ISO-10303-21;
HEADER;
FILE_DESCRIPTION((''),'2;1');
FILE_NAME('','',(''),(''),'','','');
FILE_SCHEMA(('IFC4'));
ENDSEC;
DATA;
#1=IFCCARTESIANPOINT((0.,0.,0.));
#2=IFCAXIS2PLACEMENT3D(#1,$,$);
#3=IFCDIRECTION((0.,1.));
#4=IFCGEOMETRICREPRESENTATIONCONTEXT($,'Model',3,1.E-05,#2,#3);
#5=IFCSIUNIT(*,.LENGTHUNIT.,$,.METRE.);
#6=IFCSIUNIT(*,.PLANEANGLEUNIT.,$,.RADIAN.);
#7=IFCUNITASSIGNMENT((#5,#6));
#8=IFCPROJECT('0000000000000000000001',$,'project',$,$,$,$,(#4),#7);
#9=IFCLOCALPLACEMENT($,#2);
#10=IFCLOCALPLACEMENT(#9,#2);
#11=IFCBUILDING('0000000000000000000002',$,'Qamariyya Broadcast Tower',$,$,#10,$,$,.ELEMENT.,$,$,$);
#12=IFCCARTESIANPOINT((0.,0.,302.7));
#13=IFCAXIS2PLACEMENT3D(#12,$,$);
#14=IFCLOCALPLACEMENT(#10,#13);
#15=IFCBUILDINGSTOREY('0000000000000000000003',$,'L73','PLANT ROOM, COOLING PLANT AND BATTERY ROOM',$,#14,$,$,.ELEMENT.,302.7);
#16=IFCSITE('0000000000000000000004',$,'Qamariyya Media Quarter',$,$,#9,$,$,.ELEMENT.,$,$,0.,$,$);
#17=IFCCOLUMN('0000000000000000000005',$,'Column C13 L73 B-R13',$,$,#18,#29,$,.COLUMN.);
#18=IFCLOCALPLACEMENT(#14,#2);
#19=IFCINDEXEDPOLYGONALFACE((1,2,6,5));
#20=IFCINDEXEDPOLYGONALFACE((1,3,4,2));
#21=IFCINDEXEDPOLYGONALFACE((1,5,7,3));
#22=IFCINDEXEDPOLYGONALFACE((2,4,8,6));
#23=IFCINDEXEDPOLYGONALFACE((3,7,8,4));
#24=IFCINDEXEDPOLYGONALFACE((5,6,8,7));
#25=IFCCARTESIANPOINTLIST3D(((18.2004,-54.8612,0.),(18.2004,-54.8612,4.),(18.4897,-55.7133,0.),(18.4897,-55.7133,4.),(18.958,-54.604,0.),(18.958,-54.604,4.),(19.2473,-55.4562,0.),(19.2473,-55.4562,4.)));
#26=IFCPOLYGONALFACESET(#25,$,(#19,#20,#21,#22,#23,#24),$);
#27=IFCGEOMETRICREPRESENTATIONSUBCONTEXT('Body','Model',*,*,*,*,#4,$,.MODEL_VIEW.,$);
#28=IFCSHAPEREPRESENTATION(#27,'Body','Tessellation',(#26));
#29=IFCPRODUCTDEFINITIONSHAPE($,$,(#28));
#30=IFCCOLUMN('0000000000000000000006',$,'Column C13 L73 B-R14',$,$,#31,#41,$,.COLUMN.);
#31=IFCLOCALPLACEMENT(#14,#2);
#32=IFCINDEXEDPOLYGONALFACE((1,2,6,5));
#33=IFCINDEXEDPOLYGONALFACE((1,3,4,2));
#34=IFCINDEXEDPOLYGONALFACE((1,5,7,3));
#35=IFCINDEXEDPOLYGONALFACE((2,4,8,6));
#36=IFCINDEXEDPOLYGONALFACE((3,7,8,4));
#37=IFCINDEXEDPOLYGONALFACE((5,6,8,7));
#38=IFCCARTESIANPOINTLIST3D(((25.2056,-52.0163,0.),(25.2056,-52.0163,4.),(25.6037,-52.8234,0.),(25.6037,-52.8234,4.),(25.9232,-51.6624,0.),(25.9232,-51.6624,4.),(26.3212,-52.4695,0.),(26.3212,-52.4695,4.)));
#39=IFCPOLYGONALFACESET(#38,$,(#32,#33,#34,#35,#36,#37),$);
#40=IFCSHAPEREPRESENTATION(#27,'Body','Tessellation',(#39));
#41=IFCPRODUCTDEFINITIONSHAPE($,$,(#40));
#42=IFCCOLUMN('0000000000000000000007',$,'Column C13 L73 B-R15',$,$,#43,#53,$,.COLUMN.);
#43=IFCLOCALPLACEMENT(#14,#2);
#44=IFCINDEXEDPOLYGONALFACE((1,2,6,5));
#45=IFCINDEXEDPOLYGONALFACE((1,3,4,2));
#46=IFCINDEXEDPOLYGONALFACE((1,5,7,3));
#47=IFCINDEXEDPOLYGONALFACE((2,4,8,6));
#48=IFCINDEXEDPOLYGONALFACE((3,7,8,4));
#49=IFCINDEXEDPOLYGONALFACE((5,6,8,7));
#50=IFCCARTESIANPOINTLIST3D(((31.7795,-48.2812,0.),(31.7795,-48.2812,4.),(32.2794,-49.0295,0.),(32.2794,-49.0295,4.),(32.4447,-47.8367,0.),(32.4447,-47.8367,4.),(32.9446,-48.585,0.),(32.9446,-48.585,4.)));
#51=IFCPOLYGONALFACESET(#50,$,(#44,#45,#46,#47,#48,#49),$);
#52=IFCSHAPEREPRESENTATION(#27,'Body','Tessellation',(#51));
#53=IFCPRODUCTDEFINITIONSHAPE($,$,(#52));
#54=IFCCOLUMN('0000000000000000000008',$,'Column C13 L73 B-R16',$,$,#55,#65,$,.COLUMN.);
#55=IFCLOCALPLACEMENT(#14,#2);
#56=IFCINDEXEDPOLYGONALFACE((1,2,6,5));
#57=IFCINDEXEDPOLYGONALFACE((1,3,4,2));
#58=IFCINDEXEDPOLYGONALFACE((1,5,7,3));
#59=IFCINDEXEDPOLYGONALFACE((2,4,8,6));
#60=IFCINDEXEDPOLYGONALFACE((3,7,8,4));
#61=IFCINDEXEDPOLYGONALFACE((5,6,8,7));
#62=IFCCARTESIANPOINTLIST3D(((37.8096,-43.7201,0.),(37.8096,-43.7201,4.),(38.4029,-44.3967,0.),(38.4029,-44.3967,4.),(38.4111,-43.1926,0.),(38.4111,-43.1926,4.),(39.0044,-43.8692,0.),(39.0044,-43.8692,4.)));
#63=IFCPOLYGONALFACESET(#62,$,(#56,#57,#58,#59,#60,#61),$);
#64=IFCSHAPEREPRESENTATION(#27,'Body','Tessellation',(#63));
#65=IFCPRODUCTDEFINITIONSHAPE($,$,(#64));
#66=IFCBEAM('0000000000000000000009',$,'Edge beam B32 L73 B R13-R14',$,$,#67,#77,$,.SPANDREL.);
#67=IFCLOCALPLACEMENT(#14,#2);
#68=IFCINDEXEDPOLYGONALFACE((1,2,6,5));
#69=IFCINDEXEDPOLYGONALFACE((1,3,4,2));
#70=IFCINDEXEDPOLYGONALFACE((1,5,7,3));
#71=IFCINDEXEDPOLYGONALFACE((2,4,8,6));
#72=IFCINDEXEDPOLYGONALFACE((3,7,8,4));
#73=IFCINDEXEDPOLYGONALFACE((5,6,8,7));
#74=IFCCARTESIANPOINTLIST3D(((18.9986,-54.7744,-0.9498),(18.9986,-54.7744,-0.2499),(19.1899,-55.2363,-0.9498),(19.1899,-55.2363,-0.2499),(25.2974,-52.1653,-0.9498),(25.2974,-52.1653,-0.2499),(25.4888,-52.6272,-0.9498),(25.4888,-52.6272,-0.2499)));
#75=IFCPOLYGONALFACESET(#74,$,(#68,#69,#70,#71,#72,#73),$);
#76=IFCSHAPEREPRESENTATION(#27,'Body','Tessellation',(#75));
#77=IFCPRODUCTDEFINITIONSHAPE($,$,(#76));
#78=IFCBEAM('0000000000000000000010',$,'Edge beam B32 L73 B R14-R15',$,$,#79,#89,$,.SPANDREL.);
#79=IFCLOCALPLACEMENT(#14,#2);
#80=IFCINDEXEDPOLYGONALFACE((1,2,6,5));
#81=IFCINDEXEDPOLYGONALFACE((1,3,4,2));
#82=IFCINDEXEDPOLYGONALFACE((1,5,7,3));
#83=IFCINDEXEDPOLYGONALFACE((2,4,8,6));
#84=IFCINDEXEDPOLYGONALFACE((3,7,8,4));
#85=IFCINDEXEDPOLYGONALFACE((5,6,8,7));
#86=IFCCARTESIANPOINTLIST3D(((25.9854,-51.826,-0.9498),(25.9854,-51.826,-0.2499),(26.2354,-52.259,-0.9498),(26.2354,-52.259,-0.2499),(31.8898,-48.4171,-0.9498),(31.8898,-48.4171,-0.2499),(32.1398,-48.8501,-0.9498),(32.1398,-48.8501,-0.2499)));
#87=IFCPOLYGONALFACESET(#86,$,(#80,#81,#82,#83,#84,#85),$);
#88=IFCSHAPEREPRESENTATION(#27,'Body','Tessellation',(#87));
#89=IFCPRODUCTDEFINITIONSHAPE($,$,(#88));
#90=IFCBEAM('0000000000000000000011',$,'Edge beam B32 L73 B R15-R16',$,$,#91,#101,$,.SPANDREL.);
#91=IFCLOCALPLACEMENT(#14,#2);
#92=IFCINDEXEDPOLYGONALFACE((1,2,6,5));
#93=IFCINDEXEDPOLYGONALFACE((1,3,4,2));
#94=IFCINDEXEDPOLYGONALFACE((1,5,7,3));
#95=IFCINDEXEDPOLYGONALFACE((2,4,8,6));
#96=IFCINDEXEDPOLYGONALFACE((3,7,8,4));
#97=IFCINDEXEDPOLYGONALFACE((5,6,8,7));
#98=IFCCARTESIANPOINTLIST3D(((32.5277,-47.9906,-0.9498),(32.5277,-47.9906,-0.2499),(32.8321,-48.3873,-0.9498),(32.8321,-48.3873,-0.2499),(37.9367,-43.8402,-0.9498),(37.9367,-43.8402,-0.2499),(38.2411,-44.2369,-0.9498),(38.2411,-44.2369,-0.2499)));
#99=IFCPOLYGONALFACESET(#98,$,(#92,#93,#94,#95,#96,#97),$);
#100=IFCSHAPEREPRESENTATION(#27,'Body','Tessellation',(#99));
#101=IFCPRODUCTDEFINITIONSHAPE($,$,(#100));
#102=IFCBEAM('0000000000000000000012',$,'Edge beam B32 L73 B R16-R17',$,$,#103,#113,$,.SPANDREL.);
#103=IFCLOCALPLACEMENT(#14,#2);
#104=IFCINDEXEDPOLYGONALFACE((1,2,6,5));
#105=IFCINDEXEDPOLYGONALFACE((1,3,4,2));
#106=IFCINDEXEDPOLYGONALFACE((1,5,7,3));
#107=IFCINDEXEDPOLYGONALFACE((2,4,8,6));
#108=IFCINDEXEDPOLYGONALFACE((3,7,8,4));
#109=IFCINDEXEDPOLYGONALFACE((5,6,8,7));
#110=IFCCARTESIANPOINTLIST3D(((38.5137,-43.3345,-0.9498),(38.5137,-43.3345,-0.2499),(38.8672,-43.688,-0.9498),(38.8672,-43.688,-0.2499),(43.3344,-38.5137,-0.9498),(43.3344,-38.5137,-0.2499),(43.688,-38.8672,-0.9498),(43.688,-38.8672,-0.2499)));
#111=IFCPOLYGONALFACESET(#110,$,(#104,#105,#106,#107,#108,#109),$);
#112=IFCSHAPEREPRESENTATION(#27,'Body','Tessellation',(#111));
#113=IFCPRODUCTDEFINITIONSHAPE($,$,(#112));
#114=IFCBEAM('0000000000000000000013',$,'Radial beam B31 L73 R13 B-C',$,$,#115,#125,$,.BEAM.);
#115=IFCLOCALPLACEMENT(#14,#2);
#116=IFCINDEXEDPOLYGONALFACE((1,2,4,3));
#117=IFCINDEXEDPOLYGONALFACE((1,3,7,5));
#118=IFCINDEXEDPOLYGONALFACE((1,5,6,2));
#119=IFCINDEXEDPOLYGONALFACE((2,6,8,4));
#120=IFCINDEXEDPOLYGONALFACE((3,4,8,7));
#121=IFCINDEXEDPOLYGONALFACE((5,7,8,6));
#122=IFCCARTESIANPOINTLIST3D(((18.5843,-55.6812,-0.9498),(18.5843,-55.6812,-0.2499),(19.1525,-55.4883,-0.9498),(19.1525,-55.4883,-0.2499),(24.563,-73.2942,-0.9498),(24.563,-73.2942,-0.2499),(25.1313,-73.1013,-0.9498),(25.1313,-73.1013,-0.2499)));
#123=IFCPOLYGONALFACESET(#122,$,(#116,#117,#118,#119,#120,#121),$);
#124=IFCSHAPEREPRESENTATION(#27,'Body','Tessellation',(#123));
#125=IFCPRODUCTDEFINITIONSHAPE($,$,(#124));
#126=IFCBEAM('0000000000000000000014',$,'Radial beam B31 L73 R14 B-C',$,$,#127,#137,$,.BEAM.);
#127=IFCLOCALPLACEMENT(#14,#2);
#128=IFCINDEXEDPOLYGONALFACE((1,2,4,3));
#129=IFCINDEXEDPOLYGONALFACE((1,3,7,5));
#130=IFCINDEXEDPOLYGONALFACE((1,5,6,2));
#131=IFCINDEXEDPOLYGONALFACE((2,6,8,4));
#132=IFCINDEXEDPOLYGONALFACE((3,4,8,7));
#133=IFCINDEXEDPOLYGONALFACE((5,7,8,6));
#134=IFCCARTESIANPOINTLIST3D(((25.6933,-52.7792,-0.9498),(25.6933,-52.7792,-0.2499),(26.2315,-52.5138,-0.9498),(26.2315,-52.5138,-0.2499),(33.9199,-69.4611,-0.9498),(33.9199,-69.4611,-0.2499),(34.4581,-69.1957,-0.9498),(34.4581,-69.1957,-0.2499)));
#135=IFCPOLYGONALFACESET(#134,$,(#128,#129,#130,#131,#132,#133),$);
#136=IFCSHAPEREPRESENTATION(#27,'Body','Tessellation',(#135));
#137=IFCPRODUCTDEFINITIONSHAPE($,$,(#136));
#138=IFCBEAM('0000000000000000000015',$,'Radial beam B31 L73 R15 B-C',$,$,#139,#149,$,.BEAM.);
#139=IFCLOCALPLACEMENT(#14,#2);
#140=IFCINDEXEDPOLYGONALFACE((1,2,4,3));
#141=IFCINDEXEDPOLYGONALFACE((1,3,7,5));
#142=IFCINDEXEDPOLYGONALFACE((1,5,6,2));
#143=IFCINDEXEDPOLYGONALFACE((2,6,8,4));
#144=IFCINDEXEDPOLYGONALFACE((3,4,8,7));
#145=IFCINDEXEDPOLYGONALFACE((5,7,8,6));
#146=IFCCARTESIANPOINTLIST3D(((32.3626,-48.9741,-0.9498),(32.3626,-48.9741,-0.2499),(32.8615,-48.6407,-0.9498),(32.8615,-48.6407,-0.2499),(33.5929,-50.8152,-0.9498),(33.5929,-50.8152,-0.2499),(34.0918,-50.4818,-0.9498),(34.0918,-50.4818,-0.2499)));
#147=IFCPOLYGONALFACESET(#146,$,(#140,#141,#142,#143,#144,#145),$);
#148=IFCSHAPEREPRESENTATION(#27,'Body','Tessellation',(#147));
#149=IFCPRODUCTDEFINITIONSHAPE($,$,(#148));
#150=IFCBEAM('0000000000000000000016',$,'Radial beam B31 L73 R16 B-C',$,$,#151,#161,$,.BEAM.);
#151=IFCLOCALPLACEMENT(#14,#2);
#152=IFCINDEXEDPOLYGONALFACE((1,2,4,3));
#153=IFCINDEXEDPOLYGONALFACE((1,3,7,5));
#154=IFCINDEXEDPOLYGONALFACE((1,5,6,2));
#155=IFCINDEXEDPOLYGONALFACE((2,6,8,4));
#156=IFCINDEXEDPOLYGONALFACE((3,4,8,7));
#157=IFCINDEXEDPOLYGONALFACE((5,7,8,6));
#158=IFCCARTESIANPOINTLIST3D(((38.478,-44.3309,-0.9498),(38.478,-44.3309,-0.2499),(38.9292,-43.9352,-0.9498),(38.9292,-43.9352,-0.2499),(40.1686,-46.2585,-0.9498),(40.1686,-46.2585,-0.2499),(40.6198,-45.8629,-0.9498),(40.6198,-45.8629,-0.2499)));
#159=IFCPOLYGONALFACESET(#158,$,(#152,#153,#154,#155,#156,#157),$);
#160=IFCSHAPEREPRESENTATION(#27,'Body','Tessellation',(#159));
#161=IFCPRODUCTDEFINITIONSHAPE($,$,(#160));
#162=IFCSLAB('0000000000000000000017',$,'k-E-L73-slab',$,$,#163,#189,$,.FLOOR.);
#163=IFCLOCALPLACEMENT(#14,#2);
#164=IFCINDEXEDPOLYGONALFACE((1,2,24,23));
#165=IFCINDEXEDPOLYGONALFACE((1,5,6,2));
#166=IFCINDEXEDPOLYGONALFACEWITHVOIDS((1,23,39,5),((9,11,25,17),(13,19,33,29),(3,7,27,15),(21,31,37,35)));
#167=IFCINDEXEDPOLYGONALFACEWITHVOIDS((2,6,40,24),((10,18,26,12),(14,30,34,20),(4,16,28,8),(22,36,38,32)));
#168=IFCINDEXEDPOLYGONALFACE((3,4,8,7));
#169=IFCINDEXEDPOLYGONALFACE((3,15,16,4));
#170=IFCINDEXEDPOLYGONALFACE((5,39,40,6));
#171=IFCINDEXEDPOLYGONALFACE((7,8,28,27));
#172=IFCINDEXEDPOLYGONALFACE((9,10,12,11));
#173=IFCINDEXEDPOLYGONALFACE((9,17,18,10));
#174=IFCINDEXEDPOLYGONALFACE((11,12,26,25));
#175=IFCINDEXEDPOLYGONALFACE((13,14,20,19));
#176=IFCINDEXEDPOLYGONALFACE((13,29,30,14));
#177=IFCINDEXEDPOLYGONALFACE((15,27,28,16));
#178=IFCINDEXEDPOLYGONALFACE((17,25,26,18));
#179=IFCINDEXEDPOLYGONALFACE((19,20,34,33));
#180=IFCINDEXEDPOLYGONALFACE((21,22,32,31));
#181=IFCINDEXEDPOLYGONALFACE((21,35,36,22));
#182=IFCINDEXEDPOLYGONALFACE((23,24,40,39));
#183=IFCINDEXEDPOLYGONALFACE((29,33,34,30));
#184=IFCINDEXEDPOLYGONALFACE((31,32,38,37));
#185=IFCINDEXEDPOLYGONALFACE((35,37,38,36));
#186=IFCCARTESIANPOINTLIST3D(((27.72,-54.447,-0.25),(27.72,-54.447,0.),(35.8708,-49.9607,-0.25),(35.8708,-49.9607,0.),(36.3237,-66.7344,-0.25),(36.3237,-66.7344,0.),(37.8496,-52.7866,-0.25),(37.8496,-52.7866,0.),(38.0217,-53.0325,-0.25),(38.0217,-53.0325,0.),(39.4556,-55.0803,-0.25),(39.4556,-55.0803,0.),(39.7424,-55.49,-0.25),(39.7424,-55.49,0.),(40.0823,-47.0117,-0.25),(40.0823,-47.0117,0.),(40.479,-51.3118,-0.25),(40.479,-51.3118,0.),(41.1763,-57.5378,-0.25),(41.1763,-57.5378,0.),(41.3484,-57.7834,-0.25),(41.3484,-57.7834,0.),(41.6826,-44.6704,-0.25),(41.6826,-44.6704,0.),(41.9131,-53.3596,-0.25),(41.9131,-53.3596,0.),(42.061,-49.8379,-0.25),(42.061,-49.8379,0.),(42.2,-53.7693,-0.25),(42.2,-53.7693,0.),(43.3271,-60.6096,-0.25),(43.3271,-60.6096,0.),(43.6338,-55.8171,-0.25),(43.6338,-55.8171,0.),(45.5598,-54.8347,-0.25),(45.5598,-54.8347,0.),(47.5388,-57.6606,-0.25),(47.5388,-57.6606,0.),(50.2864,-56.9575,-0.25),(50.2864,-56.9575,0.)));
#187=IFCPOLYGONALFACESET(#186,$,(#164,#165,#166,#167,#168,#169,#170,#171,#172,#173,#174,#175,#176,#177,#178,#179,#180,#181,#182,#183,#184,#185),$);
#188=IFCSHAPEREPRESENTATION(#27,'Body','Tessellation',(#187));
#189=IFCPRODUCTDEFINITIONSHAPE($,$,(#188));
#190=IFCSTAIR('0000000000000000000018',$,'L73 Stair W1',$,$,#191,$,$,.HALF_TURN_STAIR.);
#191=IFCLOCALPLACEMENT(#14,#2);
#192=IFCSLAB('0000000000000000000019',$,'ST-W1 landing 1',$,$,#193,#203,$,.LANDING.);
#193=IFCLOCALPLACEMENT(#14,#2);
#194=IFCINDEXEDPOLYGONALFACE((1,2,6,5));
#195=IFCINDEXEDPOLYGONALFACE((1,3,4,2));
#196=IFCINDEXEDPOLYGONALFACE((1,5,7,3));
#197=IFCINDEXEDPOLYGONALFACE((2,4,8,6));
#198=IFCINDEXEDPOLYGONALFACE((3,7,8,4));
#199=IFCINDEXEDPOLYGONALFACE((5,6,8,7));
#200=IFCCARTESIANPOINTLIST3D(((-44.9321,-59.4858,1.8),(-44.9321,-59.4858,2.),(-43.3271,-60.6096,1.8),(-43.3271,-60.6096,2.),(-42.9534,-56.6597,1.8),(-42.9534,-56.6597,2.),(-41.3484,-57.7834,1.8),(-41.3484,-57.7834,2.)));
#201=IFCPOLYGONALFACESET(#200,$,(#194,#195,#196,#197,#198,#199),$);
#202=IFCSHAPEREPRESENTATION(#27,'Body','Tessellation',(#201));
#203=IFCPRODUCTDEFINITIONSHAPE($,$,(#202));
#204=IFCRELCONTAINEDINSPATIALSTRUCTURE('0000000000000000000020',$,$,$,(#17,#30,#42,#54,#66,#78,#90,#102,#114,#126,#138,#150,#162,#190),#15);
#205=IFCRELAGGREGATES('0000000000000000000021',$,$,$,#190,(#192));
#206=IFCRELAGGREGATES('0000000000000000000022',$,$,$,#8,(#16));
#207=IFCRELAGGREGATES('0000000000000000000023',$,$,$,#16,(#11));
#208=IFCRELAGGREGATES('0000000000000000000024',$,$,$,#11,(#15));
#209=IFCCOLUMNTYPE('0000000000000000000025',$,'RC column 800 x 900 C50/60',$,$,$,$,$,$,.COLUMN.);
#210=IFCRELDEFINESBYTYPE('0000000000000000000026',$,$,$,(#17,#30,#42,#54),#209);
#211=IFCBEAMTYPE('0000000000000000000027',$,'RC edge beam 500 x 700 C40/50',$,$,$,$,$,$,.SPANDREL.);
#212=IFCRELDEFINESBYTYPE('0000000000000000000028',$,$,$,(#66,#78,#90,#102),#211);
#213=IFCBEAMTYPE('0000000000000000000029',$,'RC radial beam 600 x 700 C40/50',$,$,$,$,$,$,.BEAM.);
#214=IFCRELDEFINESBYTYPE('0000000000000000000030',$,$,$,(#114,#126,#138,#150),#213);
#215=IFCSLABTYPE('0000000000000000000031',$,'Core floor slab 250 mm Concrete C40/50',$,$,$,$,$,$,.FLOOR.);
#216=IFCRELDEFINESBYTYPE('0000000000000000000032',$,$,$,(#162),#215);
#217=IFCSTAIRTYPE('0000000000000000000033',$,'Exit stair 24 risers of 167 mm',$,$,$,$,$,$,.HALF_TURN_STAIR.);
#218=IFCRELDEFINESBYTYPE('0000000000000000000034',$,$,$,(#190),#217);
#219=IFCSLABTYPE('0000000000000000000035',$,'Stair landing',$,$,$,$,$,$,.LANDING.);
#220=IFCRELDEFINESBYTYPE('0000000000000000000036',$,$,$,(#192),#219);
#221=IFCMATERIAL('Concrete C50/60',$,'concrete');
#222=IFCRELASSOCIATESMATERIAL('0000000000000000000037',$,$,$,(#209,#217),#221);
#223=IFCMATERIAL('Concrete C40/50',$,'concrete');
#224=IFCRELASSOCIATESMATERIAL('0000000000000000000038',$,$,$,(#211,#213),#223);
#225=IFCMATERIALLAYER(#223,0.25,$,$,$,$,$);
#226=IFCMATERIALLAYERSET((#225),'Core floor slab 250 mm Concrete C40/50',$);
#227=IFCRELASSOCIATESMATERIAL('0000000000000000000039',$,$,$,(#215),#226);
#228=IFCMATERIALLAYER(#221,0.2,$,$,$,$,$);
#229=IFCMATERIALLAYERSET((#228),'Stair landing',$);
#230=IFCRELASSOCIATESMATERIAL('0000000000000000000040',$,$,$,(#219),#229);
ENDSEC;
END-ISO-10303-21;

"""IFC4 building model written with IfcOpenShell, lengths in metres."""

from ifc_helpers import new_model, si_unit, direction, frame, origin, origin_2d, place, context, subcontext, project, spatial, polyline, rectangle, outline, extrude, material, layer, layer_set, material_profile, profile_set, type_object, element, aggregate, save


model = new_model("IFC4")

# Units and contexts
model_context = context("Model", 3, precision=1e-05, world=origin(), true_north=direction((0.0, 1.0)))
body_context = subcontext(model_context, "Body", "Model", "MODEL_VIEW")
ifc_project = project(units=[si_unit("LENGTHUNIT", "METRE"), si_unit("PLANEANGLEUNIT", "RADIAN")], contexts=[model_context])

# Site, building, storey
site_placement = place(None, origin())
site = spatial("IfcSite", under=ifc_project, at=site_placement, Name="Qamariyya Media Quarter", CompositionType="ELEMENT", RefElevation=0.0)
building_placement = place(site_placement, origin())
building = spatial("IfcBuilding", under=site, at=building_placement, Name="Qamariyya Broadcast Tower", CompositionType="ELEMENT")
storey_placement = place(building_placement, frame((0.0, 0.0, 302.7)))
storey = spatial("IfcBuildingStorey", under=building, at=storey_placement, Name="L73", Description="PLANT ROOM, COOLING PLANT AND BATTERY ROOM", CompositionType="ELEMENT", Elevation=302.7)

# Columns
ifc_material_1 = material(Name="Concrete C50/60", Category="concrete")
ifc_material_profile_1 = material_profile(ifc_material_1, rectangle(XDim=0.8, YDim=0.8999, at=origin_2d()))
ifc_profile_set_1 = profile_set([ifc_material_profile_1], Name="Concrete C50/60")
column_type = type_object("IfcColumnType", Name="RC column 800 x 900 C50/60", PredefinedType="COLUMN", material=ifc_profile_set_1)
for number, where, z_axis, x_axis, name in (
    (1, (18.7239, -55.1587, 0.0), (0.0, 0.0, 1.0), (0.94693, 0.321439, 0.0), "Column C13 L73 B-R13"),
    (2, (25.7634, -52.2429, 0.0), (0.0, 0.0, 1.0), (0.896873, 0.442289, 0.0), "Column C13 L73 B-R14"),
    (3, (32.3621, -48.4331, 0.0), (0.0, 0.0, 1.0), (0.83147, 0.55557, 0.0), "Column C13 L73 B-R15"),
    (4, (38.407, -43.7947, 0.0), (0.0, 0.0, 1.0), (0.75184, 0.659346, 0.0), "Column C13 L73 B-R16"),
):
    element("IfcColumn", number, at=place(storey_placement, frame(where, z_axis=z_axis, x_axis=x_axis)), inside=storey, type_object=column_type, Name=name, PredefinedType="COLUMN", context=body_context, shape_type="SweptSolid", body=[
        extrude(rectangle(XDim=0.8, YDim=0.8999, at=origin_2d()), origin(), (0.0, 0.0, 1.0), 4.0),
    ])

# Beams
ifc_material_2 = material(Name="Concrete C40/50", Category="concrete")
ifc_material_profile_2 = material_profile(ifc_material_2, rectangle(XDim=0.5, YDim=0.7, at=origin_2d()))
ifc_profile_set_2 = profile_set([ifc_material_profile_2], Name="Concrete C40/50")
beam_type_1 = type_object("IfcBeamType", Name="RC edge beam 500 x 700 C40/50", PredefinedType="SPANDREL", material=ifc_profile_set_2)
for number, where, z_axis, x_axis, name in (
    (5, (19.0942, -55.0054, -0.5999), (0.923876, 0.382692, 0.0), (-0.382692, 0.923876, 0.0), "Edge beam B32 L73 B R13-R14"),
    (6, (26.1104, -52.0425, -0.5999), (0.866029, 0.499994, 0.0), (-0.499994, 0.866029, 0.0), "Edge beam B32 L73 B R14-R15"),
    (7, (32.6799, -48.189, -0.5999), (0.793356, 0.608759, 0.0), (-0.608759, 0.793356, 0.0), "Edge beam B32 L73 B R15-R16"),
):
    element("IfcBeam", number, at=place(storey_placement, frame(where, z_axis=z_axis, x_axis=x_axis)), inside=storey, type_object=beam_type_1, Name=name, PredefinedType="SPANDREL", context=body_context, shape_type="SweptSolid", body=[
        extrude(rectangle(XDim=0.5, YDim=0.7, at=origin_2d()), origin(), (0.0, 0.0, 1.0), 6.8179),
    ])
beam_1_placement = place(storey_placement, frame((38.6904, -43.5112, -0.5999), z_axis=(0.707107, 0.707107, 0.0), x_axis=(-0.707107, 0.707107, 0.0)))
element("IfcBeam", 8, at=beam_1_placement, inside=storey, type_object=beam_type_1, Name="Edge beam B32 L73 B R16-R17", PredefinedType="SPANDREL", context=body_context, shape_type="SweptSolid", body=[
    extrude(rectangle(XDim=0.5, YDim=0.7, at=origin_2d()), origin(), (0.0, 0.0, 1.0), 6.8176),
])
ifc_material_profile_3 = material_profile(ifc_material_2, rectangle(XDim=0.6001, YDim=0.7, at=origin_2d()))
ifc_profile_set_3 = profile_set([ifc_material_profile_3], Name="Concrete C40/50")
beam_type_2 = type_object("IfcBeamType", Name="RC radial beam 600 x 700 C40/50", PredefinedType="BEAM", material=ifc_profile_set_3)
for number, where, z_axis, x_axis, name in (
    (9, (18.8684, -55.5847, -0.5999), (0.321437, -0.946931, 0.0), (0.946931, 0.321437, 0.0), "Radial beam B31 L73 R13 B-C"),
    (10, (25.9624, -52.6465, -0.5999), (0.442287, -0.896873, 0.0), (0.896873, 0.442287, 0.0), "Radial beam B31 L73 R14 B-C"),
):
    element("IfcBeam", number, at=place(storey_placement, frame(where, z_axis=z_axis, x_axis=x_axis)), inside=storey, type_object=beam_type_2, Name=name, PredefinedType="BEAM", context=body_context, shape_type="SweptSolid", body=[
        extrude(rectangle(XDim=0.6001, YDim=0.7, at=origin_2d()), origin(), (0.0, 0.0, 1.0), 18.6001),
    ])
beam_2_placement = place(storey_placement, frame((32.6121, -48.8074, -0.5999), z_axis=(0.55559, -0.831456, 0.0), x_axis=(0.831456, 0.55559, 0.0)))
element("IfcBeam", 11, at=beam_2_placement, inside=storey, type_object=beam_type_2, Name="Radial beam B31 L73 R15 B-C", PredefinedType="BEAM", context=body_context, shape_type="SweptSolid", body=[
    extrude(rectangle(XDim=0.6001, YDim=0.7, at=origin_2d()), origin(), (0.0, 0.0, 1.0), 2.2144),
])
beam_3_placement = place(storey_placement, frame((38.7036, -44.1331, -0.5999), z_axis=(0.659367, -0.751821, 0.0), x_axis=(0.751821, 0.659367, 0.0)))
element("IfcBeam", 12, at=beam_3_placement, inside=storey, type_object=beam_type_2, Name="Radial beam B31 L73 R16 B-C", PredefinedType="BEAM", context=body_context, shape_type="SweptSolid", body=[
    extrude(rectangle(XDim=0.6001, YDim=0.7, at=origin_2d()), origin(), (0.0, 0.0, 1.0), 2.564),
])

# Slab
ifc_layer_1 = layer(ifc_material_2, 0.25)
ifc_layer_set_1 = layer_set([ifc_layer_1], Name="Core floor slab 250 mm Concrete C40/50")
slab_type_1 = type_object("IfcSlabType", Name="Core floor slab 250 mm Concrete C40/50", PredefinedType="FLOOR", material=ifc_layer_set_1)
slab_1_placement = place(storey_placement, frame((0.0, 0.0, -0.25)))
element("IfcSlab", 13, at=slab_1_placement, inside=storey, type_object=slab_type_1, Name="k-E-L73-slab", PredefinedType="FLOOR", context=body_context, shape_type="SweptSolid", body=[
    extrude(outline(polyline([(36.3237, -66.7344), (50.2864, -56.9575), (41.6826, -44.6704), (27.72, -54.447), (36.3237, -66.7344)]), holes=[polyline([(39.7424, -55.49), (42.2, -53.7693), (43.6338, -55.8171), (41.1763, -57.5378), (39.7424, -55.49)]), polyline([(39.4556, -55.0803), (41.9131, -53.3596), (40.479, -51.3118), (38.0217, -53.0325), (39.4556, -55.0803)]), polyline([(40.0823, -47.0117), (35.8708, -49.9607), (37.8496, -52.7866), (42.061, -49.8379), (40.0823, -47.0117)]), polyline([(45.5598, -54.8347), (41.3484, -57.7834), (43.3271, -60.6096), (47.5388, -57.6606), (45.5598, -54.8347)])]), origin(), (0.0, 0.0, 1.0), 0.25),
])

# Stair, slab
stair_type = type_object("IfcStairType", Name="Exit stair 24 risers of 167 mm", PredefinedType="HALF_TURN_STAIR", material=ifc_material_1)
stair_1_placement = place(storey_placement, origin())
stair_1 = element("IfcStair", 14, at=stair_1_placement, inside=storey, type_object=stair_type, Name="L73 Stair W1", PredefinedType="HALF_TURN_STAIR")
ifc_layer_2 = layer(ifc_material_1, 0.2)
ifc_layer_set_2 = layer_set([ifc_layer_2], Name="Stair landing")
slab_type_2 = type_object("IfcSlabType", Name="Stair landing", PredefinedType="LANDING", material=ifc_layer_set_2)
slab_2_placement = place(storey_placement, frame((0.0, 0.0, 1.8)))
slab_2 = element("IfcSlab", 15, at=slab_2_placement, type_object=slab_type_2, Name="ST-W1 landing 1", PredefinedType="LANDING", context=body_context, shape_type="SweptSolid", body=[
    extrude(outline(polyline([(-44.9321, -59.4858), (-43.3271, -60.6096), (-41.3484, -57.7834), (-42.9534, -56.6597), (-44.9321, -59.4858)])), origin(), (0.0, 0.0, 1.0), 0.2),
])
aggregate(stair_1, [slab_2])

save(model, "model.ifc")
